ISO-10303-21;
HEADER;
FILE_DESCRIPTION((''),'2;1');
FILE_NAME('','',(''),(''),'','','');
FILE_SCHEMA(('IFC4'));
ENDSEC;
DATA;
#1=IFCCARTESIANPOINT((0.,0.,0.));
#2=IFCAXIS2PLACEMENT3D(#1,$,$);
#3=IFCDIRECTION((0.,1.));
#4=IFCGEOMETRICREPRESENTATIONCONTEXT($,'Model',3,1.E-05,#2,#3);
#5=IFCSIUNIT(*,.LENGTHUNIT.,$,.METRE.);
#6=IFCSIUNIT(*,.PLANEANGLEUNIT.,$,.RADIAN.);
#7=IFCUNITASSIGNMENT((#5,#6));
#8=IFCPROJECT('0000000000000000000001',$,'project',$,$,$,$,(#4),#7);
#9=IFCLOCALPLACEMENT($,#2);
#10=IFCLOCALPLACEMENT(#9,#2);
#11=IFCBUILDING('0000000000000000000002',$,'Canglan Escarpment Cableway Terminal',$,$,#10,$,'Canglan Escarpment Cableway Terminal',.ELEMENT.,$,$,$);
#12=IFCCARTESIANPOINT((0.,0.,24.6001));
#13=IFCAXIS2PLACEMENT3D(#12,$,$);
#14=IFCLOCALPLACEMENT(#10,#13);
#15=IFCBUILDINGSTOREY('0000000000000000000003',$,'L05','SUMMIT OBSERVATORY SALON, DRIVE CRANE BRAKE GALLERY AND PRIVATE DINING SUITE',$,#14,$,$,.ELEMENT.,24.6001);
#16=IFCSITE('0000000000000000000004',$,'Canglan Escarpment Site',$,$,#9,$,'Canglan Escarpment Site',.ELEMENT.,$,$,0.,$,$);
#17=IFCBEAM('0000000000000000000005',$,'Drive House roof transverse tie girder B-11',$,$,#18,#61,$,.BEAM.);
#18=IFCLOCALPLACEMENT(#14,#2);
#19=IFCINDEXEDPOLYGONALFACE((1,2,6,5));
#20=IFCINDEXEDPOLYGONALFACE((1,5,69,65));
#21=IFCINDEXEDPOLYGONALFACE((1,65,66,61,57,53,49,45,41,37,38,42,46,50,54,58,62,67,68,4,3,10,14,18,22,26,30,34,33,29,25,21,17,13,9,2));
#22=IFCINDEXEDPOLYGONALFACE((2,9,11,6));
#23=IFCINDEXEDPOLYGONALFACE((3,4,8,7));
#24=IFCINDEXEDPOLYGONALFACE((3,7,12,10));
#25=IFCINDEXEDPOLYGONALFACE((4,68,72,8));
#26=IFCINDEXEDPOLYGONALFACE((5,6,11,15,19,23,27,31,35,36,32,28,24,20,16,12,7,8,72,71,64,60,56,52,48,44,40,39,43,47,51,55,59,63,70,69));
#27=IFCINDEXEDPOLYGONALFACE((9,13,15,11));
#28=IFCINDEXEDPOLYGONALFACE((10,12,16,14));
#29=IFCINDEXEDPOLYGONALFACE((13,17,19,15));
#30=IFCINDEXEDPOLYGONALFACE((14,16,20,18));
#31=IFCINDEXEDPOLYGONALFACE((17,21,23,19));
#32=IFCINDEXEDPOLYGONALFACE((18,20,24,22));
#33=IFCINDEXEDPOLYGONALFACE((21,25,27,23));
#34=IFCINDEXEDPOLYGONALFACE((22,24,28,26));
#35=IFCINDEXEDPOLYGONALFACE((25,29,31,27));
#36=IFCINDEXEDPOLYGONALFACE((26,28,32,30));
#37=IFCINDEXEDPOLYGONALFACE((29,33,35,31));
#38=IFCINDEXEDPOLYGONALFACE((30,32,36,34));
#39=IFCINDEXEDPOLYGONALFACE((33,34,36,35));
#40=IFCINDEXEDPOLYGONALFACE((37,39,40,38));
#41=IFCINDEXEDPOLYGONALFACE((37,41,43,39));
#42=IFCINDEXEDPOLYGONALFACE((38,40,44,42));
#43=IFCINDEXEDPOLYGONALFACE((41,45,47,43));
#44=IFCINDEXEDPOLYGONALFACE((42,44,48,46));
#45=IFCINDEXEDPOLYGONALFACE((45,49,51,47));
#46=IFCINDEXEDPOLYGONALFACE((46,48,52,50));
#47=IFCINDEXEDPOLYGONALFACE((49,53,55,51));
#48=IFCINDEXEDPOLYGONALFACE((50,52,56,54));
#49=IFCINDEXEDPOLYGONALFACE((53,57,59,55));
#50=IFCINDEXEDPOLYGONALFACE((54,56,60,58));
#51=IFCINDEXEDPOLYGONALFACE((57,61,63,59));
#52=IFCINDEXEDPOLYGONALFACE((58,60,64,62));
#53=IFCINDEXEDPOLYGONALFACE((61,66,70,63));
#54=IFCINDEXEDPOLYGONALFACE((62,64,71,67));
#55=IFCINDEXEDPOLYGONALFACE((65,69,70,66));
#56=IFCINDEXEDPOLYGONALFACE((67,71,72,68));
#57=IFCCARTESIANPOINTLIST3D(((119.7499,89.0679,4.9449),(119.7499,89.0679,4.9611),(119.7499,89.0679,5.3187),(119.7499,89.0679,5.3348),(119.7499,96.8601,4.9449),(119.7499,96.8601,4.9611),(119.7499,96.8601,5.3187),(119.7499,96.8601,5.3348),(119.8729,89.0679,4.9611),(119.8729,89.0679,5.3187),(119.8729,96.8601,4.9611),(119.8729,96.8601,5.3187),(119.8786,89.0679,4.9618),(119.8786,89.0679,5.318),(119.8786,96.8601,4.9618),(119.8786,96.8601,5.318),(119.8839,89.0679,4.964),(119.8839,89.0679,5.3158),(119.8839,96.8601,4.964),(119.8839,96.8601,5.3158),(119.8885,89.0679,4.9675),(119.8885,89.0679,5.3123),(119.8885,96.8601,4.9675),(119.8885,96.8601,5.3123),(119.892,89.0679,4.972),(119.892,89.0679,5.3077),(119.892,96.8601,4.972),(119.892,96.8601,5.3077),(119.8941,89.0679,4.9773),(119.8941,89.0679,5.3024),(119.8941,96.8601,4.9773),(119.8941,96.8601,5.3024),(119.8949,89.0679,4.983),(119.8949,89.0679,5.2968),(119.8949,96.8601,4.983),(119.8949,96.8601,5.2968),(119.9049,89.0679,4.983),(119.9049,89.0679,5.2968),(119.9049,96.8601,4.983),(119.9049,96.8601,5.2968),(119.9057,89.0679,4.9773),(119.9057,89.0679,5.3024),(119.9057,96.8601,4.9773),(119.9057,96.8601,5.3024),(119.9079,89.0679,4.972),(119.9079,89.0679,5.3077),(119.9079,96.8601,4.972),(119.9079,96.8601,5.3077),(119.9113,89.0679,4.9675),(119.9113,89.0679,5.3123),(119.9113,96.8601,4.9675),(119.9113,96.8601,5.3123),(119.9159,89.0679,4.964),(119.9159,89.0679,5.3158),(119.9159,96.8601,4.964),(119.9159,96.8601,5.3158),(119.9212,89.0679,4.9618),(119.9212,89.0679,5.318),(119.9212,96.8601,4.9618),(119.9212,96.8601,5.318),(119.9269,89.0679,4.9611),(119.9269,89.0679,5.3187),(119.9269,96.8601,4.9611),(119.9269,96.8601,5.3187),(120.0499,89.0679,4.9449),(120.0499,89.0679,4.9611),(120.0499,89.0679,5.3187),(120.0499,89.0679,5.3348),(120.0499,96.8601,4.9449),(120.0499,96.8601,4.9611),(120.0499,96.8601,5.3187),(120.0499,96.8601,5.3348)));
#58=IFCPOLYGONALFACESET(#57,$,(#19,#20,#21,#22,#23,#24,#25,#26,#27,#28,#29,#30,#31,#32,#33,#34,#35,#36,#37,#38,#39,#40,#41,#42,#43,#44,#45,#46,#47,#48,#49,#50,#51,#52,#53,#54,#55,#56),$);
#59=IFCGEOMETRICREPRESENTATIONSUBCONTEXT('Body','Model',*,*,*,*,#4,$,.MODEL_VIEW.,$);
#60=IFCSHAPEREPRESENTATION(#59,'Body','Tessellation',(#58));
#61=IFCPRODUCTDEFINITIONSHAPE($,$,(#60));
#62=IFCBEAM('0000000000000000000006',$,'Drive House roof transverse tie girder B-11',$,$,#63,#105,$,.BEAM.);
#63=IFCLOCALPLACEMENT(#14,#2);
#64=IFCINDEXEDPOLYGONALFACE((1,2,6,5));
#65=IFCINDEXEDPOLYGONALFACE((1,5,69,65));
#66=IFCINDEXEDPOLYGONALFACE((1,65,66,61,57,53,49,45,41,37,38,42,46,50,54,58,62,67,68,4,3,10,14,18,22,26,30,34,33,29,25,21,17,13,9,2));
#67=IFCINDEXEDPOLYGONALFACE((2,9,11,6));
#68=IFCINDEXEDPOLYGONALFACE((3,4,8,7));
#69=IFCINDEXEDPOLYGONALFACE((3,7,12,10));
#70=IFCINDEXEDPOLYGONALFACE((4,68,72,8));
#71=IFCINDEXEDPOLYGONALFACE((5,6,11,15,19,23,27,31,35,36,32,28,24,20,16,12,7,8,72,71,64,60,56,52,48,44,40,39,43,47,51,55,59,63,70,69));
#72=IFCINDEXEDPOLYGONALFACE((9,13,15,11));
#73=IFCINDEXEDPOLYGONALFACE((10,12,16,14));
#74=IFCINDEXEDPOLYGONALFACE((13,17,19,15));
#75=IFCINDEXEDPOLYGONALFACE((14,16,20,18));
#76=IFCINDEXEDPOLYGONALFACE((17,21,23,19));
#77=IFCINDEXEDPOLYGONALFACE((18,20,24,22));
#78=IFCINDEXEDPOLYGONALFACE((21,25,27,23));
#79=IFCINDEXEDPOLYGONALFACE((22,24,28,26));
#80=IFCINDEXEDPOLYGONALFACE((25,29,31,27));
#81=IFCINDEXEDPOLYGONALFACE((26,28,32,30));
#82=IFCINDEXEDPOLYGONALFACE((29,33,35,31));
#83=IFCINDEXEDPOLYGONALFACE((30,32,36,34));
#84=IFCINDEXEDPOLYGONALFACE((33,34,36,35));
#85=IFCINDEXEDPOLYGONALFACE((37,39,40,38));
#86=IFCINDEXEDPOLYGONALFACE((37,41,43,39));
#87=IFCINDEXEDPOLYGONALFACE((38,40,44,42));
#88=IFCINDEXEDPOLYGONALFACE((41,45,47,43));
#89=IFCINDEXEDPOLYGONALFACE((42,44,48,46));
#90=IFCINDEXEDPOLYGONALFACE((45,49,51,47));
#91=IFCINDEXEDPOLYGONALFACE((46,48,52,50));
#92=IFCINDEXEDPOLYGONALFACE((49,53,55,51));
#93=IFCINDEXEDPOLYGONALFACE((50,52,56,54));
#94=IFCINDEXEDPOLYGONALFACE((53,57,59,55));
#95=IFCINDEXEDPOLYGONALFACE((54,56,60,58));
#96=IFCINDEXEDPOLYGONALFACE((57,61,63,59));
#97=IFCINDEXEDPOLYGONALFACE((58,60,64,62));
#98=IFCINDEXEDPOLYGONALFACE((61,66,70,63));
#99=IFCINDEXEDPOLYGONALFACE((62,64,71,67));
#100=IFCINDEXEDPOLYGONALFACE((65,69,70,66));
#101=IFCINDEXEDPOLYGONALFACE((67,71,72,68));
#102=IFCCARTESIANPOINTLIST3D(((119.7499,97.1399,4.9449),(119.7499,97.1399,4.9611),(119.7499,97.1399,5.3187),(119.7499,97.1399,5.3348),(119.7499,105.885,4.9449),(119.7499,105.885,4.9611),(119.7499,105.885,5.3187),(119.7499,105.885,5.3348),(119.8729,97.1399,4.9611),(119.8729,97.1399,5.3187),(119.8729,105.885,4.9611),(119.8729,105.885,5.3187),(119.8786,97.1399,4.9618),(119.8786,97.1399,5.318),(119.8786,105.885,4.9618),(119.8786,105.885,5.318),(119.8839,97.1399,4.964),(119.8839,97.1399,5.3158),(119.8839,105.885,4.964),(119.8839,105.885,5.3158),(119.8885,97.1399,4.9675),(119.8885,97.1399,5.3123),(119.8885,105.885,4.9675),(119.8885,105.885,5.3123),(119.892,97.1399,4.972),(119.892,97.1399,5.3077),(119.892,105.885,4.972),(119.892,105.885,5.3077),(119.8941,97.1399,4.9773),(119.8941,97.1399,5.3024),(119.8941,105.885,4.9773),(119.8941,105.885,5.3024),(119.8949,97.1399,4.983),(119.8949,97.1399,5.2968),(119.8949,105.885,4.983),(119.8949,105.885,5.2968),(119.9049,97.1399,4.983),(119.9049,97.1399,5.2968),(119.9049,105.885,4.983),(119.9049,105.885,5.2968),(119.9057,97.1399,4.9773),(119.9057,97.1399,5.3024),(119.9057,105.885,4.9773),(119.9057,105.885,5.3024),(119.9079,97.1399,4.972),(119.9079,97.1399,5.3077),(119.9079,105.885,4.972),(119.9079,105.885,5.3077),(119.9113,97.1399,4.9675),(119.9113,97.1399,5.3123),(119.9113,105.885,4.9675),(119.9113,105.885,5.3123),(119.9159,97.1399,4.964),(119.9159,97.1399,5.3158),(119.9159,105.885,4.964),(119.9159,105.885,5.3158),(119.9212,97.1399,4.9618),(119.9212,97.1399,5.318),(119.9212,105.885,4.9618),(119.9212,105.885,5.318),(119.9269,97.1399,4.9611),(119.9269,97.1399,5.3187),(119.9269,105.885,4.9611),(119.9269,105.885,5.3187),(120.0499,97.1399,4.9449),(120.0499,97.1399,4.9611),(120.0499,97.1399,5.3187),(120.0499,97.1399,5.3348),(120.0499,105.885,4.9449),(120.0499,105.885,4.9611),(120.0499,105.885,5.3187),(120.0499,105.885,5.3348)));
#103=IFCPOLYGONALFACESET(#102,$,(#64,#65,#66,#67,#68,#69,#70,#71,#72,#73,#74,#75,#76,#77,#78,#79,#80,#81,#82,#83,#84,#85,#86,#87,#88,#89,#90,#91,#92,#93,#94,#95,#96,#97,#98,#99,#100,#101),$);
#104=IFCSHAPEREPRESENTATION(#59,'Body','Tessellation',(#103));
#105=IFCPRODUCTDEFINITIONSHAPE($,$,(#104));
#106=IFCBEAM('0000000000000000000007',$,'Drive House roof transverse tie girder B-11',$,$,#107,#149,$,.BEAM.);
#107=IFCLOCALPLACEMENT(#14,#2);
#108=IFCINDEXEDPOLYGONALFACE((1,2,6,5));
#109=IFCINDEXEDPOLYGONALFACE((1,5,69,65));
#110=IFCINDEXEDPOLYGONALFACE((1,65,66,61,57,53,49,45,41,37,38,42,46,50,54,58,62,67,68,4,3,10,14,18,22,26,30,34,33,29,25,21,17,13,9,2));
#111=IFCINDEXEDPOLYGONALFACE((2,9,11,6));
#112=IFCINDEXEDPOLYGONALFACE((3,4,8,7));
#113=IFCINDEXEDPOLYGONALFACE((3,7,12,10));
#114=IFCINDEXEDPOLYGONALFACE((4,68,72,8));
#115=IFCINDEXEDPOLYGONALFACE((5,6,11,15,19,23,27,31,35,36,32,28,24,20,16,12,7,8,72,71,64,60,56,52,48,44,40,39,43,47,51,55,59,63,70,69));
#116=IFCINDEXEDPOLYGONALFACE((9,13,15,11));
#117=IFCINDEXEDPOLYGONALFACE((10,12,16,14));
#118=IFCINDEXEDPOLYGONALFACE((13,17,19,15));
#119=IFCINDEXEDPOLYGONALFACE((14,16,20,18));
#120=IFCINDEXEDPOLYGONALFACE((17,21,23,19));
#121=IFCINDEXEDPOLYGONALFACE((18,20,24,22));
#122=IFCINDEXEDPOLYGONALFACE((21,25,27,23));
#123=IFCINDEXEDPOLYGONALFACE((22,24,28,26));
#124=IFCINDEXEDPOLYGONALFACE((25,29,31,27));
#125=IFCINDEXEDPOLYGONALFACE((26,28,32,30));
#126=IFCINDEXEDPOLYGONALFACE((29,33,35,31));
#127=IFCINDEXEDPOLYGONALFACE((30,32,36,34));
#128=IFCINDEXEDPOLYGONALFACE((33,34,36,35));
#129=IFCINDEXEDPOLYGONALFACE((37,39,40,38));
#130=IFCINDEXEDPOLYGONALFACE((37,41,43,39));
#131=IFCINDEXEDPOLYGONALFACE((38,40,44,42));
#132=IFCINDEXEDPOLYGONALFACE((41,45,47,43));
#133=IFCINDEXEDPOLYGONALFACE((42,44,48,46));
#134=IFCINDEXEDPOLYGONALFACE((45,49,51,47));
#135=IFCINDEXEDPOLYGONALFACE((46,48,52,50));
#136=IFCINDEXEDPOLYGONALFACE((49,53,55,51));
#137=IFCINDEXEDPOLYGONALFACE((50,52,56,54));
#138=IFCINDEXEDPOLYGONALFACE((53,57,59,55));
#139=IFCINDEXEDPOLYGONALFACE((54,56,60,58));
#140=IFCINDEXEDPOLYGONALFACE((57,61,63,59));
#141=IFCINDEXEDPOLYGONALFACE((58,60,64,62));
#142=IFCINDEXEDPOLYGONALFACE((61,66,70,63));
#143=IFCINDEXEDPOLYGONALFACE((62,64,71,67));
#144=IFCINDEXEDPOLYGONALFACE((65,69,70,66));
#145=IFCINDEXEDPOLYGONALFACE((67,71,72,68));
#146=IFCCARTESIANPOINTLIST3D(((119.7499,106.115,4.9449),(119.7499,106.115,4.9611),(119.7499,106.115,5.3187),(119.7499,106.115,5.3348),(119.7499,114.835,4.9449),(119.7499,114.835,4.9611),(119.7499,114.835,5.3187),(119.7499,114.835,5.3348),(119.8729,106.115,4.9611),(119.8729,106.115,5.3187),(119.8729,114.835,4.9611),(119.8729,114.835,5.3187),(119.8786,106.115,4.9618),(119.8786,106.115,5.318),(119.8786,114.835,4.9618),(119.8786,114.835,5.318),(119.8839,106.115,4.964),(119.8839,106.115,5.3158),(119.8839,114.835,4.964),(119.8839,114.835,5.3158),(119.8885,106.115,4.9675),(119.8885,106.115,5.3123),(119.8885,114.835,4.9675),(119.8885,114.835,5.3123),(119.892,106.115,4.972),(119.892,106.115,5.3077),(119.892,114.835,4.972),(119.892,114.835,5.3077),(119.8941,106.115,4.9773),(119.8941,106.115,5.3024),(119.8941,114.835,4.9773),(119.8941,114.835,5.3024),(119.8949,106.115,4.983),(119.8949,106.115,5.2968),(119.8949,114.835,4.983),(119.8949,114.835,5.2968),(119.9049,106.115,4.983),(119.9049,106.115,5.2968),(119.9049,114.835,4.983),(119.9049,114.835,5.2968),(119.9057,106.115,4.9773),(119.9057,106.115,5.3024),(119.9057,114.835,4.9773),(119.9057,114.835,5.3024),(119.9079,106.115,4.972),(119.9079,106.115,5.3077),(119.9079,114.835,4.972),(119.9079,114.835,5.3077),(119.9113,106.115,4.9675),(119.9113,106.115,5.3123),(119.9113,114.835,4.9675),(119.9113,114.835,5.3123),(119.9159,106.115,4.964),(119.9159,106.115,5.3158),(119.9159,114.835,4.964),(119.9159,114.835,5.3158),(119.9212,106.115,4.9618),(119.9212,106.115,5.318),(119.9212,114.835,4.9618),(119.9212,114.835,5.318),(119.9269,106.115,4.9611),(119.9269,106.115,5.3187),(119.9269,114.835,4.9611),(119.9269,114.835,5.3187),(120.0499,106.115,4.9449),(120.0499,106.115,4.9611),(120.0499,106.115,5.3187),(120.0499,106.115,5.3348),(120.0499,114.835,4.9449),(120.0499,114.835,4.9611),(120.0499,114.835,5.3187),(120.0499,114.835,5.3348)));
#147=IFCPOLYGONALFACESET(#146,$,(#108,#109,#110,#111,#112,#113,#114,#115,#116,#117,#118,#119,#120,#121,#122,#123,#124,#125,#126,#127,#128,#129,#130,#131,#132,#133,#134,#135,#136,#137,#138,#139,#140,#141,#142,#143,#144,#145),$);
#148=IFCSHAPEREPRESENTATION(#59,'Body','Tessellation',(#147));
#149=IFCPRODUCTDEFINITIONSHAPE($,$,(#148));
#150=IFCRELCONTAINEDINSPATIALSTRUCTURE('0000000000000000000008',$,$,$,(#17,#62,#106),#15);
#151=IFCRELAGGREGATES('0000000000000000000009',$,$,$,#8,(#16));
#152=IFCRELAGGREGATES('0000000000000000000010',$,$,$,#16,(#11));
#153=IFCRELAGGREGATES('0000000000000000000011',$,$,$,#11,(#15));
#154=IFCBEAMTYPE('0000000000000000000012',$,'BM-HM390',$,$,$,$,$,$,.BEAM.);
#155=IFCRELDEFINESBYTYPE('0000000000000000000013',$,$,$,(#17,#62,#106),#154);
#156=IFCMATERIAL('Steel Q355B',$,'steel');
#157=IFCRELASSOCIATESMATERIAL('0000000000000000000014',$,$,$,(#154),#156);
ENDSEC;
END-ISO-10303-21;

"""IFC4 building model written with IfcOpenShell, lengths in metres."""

from ifc_helpers import new_model, si_unit, direction, frame, origin, origin_2d, place, context, subcontext, project, spatial, i_section, extrude, material, material_profile, profile_set, type_object, element, save


model = new_model("IFC4")

# Units and contexts
model_context = context("Model", 3, precision=1e-05, world=origin(), true_north=direction((0.0, 1.0)))
body_context = subcontext(model_context, "Body", "Model", "MODEL_VIEW")
ifc_project = project(units=[si_unit("LENGTHUNIT", "METRE"), si_unit("PLANEANGLEUNIT", "RADIAN")], contexts=[model_context])

# Site, building, storey
site_placement = place(None, origin())
site = spatial("IfcSite", under=ifc_project, at=site_placement, Name="Canglan Escarpment Site", LongName="Canglan Escarpment Site", CompositionType="ELEMENT", RefElevation=0.0)
building_placement = place(site_placement, origin())
building = spatial("IfcBuilding", under=site, at=building_placement, Name="Canglan Escarpment Cableway Terminal", LongName="Canglan Escarpment Cableway Terminal", CompositionType="ELEMENT")
storey_placement = place(building_placement, frame((0.0, 0.0, 24.6001)))
storey = spatial("IfcBuildingStorey", under=building, at=storey_placement, Name="L05", Description="SUMMIT OBSERVATORY SALON, DRIVE CRANE BRAKE GALLERY AND PRIVATE DINING SUITE", CompositionType="ELEMENT", Elevation=24.6001)

# Shared definitions
ifc_material_1 = material(Name="Steel Q355B", Category="steel")

# Beams
ifc_material_profile_1 = material_profile(ifc_material_1, i_section(OverallWidth=0.3, OverallDepth=0.3899, WebThickness=0.01, FlangeThickness=0.0161, FilletRadius=0.022, at=origin_2d()), Name="HM 390x300x10x16")
ifc_profile_set_1 = profile_set([ifc_material_profile_1], Name="Steel Q355B")
beam_type_1 = type_object("IfcBeamType", Name="BM-HM390", PredefinedType="BEAM", material=ifc_profile_set_1)
beam_1_placement = place(storey_placement, frame((119.8999, 89.0679, 5.1399), z_axis=(0.0, 1.0, 0.0), x_axis=(-1.0, 0.0, 0.0)))
element("IfcBeam", 1, at=beam_1_placement, inside=storey, type_object=beam_type_1, Name="Drive House roof transverse tie girder B-11", PredefinedType="BEAM", context=body_context, shape_type="SweptSolid", body=[
    extrude(i_section(OverallWidth=0.3, OverallDepth=0.3899, WebThickness=0.01, FlangeThickness=0.0161, FilletRadius=0.022, at=origin_2d()), origin(), (0.0, 0.0, 1.0), 7.7922),
])
beam_2_placement = place(storey_placement, frame((119.8999, 97.1399, 5.1399), z_axis=(0.0, 1.0, 0.0), x_axis=(-1.0, 0.0, 0.0)))
element("IfcBeam", 2, at=beam_2_placement, inside=storey, type_object=beam_type_1, Name="Drive House roof transverse tie girder B-11", PredefinedType="BEAM", context=body_context, shape_type="SweptSolid", body=[
    extrude(i_section(OverallWidth=0.3, OverallDepth=0.3899, WebThickness=0.01, FlangeThickness=0.0161, FilletRadius=0.022, at=origin_2d()), origin(), (0.0, 0.0, 1.0), 8.7451),
])
beam_3_placement = place(storey_placement, frame((119.8999, 106.115, 5.1399), z_axis=(0.0, 1.0, 0.0), x_axis=(-1.0, 0.0, 0.0)))
element("IfcBeam", 3, at=beam_3_placement, inside=storey, type_object=beam_type_1, Name="Drive House roof transverse tie girder B-11", PredefinedType="BEAM", context=body_context, shape_type="SweptSolid", body=[
    extrude(i_section(OverallWidth=0.3, OverallDepth=0.3899, WebThickness=0.01, FlangeThickness=0.0161, FilletRadius=0.022, at=origin_2d()), origin(), (0.0, 0.0, 1.0), 8.72),
])

save(model, "model.ifc")
